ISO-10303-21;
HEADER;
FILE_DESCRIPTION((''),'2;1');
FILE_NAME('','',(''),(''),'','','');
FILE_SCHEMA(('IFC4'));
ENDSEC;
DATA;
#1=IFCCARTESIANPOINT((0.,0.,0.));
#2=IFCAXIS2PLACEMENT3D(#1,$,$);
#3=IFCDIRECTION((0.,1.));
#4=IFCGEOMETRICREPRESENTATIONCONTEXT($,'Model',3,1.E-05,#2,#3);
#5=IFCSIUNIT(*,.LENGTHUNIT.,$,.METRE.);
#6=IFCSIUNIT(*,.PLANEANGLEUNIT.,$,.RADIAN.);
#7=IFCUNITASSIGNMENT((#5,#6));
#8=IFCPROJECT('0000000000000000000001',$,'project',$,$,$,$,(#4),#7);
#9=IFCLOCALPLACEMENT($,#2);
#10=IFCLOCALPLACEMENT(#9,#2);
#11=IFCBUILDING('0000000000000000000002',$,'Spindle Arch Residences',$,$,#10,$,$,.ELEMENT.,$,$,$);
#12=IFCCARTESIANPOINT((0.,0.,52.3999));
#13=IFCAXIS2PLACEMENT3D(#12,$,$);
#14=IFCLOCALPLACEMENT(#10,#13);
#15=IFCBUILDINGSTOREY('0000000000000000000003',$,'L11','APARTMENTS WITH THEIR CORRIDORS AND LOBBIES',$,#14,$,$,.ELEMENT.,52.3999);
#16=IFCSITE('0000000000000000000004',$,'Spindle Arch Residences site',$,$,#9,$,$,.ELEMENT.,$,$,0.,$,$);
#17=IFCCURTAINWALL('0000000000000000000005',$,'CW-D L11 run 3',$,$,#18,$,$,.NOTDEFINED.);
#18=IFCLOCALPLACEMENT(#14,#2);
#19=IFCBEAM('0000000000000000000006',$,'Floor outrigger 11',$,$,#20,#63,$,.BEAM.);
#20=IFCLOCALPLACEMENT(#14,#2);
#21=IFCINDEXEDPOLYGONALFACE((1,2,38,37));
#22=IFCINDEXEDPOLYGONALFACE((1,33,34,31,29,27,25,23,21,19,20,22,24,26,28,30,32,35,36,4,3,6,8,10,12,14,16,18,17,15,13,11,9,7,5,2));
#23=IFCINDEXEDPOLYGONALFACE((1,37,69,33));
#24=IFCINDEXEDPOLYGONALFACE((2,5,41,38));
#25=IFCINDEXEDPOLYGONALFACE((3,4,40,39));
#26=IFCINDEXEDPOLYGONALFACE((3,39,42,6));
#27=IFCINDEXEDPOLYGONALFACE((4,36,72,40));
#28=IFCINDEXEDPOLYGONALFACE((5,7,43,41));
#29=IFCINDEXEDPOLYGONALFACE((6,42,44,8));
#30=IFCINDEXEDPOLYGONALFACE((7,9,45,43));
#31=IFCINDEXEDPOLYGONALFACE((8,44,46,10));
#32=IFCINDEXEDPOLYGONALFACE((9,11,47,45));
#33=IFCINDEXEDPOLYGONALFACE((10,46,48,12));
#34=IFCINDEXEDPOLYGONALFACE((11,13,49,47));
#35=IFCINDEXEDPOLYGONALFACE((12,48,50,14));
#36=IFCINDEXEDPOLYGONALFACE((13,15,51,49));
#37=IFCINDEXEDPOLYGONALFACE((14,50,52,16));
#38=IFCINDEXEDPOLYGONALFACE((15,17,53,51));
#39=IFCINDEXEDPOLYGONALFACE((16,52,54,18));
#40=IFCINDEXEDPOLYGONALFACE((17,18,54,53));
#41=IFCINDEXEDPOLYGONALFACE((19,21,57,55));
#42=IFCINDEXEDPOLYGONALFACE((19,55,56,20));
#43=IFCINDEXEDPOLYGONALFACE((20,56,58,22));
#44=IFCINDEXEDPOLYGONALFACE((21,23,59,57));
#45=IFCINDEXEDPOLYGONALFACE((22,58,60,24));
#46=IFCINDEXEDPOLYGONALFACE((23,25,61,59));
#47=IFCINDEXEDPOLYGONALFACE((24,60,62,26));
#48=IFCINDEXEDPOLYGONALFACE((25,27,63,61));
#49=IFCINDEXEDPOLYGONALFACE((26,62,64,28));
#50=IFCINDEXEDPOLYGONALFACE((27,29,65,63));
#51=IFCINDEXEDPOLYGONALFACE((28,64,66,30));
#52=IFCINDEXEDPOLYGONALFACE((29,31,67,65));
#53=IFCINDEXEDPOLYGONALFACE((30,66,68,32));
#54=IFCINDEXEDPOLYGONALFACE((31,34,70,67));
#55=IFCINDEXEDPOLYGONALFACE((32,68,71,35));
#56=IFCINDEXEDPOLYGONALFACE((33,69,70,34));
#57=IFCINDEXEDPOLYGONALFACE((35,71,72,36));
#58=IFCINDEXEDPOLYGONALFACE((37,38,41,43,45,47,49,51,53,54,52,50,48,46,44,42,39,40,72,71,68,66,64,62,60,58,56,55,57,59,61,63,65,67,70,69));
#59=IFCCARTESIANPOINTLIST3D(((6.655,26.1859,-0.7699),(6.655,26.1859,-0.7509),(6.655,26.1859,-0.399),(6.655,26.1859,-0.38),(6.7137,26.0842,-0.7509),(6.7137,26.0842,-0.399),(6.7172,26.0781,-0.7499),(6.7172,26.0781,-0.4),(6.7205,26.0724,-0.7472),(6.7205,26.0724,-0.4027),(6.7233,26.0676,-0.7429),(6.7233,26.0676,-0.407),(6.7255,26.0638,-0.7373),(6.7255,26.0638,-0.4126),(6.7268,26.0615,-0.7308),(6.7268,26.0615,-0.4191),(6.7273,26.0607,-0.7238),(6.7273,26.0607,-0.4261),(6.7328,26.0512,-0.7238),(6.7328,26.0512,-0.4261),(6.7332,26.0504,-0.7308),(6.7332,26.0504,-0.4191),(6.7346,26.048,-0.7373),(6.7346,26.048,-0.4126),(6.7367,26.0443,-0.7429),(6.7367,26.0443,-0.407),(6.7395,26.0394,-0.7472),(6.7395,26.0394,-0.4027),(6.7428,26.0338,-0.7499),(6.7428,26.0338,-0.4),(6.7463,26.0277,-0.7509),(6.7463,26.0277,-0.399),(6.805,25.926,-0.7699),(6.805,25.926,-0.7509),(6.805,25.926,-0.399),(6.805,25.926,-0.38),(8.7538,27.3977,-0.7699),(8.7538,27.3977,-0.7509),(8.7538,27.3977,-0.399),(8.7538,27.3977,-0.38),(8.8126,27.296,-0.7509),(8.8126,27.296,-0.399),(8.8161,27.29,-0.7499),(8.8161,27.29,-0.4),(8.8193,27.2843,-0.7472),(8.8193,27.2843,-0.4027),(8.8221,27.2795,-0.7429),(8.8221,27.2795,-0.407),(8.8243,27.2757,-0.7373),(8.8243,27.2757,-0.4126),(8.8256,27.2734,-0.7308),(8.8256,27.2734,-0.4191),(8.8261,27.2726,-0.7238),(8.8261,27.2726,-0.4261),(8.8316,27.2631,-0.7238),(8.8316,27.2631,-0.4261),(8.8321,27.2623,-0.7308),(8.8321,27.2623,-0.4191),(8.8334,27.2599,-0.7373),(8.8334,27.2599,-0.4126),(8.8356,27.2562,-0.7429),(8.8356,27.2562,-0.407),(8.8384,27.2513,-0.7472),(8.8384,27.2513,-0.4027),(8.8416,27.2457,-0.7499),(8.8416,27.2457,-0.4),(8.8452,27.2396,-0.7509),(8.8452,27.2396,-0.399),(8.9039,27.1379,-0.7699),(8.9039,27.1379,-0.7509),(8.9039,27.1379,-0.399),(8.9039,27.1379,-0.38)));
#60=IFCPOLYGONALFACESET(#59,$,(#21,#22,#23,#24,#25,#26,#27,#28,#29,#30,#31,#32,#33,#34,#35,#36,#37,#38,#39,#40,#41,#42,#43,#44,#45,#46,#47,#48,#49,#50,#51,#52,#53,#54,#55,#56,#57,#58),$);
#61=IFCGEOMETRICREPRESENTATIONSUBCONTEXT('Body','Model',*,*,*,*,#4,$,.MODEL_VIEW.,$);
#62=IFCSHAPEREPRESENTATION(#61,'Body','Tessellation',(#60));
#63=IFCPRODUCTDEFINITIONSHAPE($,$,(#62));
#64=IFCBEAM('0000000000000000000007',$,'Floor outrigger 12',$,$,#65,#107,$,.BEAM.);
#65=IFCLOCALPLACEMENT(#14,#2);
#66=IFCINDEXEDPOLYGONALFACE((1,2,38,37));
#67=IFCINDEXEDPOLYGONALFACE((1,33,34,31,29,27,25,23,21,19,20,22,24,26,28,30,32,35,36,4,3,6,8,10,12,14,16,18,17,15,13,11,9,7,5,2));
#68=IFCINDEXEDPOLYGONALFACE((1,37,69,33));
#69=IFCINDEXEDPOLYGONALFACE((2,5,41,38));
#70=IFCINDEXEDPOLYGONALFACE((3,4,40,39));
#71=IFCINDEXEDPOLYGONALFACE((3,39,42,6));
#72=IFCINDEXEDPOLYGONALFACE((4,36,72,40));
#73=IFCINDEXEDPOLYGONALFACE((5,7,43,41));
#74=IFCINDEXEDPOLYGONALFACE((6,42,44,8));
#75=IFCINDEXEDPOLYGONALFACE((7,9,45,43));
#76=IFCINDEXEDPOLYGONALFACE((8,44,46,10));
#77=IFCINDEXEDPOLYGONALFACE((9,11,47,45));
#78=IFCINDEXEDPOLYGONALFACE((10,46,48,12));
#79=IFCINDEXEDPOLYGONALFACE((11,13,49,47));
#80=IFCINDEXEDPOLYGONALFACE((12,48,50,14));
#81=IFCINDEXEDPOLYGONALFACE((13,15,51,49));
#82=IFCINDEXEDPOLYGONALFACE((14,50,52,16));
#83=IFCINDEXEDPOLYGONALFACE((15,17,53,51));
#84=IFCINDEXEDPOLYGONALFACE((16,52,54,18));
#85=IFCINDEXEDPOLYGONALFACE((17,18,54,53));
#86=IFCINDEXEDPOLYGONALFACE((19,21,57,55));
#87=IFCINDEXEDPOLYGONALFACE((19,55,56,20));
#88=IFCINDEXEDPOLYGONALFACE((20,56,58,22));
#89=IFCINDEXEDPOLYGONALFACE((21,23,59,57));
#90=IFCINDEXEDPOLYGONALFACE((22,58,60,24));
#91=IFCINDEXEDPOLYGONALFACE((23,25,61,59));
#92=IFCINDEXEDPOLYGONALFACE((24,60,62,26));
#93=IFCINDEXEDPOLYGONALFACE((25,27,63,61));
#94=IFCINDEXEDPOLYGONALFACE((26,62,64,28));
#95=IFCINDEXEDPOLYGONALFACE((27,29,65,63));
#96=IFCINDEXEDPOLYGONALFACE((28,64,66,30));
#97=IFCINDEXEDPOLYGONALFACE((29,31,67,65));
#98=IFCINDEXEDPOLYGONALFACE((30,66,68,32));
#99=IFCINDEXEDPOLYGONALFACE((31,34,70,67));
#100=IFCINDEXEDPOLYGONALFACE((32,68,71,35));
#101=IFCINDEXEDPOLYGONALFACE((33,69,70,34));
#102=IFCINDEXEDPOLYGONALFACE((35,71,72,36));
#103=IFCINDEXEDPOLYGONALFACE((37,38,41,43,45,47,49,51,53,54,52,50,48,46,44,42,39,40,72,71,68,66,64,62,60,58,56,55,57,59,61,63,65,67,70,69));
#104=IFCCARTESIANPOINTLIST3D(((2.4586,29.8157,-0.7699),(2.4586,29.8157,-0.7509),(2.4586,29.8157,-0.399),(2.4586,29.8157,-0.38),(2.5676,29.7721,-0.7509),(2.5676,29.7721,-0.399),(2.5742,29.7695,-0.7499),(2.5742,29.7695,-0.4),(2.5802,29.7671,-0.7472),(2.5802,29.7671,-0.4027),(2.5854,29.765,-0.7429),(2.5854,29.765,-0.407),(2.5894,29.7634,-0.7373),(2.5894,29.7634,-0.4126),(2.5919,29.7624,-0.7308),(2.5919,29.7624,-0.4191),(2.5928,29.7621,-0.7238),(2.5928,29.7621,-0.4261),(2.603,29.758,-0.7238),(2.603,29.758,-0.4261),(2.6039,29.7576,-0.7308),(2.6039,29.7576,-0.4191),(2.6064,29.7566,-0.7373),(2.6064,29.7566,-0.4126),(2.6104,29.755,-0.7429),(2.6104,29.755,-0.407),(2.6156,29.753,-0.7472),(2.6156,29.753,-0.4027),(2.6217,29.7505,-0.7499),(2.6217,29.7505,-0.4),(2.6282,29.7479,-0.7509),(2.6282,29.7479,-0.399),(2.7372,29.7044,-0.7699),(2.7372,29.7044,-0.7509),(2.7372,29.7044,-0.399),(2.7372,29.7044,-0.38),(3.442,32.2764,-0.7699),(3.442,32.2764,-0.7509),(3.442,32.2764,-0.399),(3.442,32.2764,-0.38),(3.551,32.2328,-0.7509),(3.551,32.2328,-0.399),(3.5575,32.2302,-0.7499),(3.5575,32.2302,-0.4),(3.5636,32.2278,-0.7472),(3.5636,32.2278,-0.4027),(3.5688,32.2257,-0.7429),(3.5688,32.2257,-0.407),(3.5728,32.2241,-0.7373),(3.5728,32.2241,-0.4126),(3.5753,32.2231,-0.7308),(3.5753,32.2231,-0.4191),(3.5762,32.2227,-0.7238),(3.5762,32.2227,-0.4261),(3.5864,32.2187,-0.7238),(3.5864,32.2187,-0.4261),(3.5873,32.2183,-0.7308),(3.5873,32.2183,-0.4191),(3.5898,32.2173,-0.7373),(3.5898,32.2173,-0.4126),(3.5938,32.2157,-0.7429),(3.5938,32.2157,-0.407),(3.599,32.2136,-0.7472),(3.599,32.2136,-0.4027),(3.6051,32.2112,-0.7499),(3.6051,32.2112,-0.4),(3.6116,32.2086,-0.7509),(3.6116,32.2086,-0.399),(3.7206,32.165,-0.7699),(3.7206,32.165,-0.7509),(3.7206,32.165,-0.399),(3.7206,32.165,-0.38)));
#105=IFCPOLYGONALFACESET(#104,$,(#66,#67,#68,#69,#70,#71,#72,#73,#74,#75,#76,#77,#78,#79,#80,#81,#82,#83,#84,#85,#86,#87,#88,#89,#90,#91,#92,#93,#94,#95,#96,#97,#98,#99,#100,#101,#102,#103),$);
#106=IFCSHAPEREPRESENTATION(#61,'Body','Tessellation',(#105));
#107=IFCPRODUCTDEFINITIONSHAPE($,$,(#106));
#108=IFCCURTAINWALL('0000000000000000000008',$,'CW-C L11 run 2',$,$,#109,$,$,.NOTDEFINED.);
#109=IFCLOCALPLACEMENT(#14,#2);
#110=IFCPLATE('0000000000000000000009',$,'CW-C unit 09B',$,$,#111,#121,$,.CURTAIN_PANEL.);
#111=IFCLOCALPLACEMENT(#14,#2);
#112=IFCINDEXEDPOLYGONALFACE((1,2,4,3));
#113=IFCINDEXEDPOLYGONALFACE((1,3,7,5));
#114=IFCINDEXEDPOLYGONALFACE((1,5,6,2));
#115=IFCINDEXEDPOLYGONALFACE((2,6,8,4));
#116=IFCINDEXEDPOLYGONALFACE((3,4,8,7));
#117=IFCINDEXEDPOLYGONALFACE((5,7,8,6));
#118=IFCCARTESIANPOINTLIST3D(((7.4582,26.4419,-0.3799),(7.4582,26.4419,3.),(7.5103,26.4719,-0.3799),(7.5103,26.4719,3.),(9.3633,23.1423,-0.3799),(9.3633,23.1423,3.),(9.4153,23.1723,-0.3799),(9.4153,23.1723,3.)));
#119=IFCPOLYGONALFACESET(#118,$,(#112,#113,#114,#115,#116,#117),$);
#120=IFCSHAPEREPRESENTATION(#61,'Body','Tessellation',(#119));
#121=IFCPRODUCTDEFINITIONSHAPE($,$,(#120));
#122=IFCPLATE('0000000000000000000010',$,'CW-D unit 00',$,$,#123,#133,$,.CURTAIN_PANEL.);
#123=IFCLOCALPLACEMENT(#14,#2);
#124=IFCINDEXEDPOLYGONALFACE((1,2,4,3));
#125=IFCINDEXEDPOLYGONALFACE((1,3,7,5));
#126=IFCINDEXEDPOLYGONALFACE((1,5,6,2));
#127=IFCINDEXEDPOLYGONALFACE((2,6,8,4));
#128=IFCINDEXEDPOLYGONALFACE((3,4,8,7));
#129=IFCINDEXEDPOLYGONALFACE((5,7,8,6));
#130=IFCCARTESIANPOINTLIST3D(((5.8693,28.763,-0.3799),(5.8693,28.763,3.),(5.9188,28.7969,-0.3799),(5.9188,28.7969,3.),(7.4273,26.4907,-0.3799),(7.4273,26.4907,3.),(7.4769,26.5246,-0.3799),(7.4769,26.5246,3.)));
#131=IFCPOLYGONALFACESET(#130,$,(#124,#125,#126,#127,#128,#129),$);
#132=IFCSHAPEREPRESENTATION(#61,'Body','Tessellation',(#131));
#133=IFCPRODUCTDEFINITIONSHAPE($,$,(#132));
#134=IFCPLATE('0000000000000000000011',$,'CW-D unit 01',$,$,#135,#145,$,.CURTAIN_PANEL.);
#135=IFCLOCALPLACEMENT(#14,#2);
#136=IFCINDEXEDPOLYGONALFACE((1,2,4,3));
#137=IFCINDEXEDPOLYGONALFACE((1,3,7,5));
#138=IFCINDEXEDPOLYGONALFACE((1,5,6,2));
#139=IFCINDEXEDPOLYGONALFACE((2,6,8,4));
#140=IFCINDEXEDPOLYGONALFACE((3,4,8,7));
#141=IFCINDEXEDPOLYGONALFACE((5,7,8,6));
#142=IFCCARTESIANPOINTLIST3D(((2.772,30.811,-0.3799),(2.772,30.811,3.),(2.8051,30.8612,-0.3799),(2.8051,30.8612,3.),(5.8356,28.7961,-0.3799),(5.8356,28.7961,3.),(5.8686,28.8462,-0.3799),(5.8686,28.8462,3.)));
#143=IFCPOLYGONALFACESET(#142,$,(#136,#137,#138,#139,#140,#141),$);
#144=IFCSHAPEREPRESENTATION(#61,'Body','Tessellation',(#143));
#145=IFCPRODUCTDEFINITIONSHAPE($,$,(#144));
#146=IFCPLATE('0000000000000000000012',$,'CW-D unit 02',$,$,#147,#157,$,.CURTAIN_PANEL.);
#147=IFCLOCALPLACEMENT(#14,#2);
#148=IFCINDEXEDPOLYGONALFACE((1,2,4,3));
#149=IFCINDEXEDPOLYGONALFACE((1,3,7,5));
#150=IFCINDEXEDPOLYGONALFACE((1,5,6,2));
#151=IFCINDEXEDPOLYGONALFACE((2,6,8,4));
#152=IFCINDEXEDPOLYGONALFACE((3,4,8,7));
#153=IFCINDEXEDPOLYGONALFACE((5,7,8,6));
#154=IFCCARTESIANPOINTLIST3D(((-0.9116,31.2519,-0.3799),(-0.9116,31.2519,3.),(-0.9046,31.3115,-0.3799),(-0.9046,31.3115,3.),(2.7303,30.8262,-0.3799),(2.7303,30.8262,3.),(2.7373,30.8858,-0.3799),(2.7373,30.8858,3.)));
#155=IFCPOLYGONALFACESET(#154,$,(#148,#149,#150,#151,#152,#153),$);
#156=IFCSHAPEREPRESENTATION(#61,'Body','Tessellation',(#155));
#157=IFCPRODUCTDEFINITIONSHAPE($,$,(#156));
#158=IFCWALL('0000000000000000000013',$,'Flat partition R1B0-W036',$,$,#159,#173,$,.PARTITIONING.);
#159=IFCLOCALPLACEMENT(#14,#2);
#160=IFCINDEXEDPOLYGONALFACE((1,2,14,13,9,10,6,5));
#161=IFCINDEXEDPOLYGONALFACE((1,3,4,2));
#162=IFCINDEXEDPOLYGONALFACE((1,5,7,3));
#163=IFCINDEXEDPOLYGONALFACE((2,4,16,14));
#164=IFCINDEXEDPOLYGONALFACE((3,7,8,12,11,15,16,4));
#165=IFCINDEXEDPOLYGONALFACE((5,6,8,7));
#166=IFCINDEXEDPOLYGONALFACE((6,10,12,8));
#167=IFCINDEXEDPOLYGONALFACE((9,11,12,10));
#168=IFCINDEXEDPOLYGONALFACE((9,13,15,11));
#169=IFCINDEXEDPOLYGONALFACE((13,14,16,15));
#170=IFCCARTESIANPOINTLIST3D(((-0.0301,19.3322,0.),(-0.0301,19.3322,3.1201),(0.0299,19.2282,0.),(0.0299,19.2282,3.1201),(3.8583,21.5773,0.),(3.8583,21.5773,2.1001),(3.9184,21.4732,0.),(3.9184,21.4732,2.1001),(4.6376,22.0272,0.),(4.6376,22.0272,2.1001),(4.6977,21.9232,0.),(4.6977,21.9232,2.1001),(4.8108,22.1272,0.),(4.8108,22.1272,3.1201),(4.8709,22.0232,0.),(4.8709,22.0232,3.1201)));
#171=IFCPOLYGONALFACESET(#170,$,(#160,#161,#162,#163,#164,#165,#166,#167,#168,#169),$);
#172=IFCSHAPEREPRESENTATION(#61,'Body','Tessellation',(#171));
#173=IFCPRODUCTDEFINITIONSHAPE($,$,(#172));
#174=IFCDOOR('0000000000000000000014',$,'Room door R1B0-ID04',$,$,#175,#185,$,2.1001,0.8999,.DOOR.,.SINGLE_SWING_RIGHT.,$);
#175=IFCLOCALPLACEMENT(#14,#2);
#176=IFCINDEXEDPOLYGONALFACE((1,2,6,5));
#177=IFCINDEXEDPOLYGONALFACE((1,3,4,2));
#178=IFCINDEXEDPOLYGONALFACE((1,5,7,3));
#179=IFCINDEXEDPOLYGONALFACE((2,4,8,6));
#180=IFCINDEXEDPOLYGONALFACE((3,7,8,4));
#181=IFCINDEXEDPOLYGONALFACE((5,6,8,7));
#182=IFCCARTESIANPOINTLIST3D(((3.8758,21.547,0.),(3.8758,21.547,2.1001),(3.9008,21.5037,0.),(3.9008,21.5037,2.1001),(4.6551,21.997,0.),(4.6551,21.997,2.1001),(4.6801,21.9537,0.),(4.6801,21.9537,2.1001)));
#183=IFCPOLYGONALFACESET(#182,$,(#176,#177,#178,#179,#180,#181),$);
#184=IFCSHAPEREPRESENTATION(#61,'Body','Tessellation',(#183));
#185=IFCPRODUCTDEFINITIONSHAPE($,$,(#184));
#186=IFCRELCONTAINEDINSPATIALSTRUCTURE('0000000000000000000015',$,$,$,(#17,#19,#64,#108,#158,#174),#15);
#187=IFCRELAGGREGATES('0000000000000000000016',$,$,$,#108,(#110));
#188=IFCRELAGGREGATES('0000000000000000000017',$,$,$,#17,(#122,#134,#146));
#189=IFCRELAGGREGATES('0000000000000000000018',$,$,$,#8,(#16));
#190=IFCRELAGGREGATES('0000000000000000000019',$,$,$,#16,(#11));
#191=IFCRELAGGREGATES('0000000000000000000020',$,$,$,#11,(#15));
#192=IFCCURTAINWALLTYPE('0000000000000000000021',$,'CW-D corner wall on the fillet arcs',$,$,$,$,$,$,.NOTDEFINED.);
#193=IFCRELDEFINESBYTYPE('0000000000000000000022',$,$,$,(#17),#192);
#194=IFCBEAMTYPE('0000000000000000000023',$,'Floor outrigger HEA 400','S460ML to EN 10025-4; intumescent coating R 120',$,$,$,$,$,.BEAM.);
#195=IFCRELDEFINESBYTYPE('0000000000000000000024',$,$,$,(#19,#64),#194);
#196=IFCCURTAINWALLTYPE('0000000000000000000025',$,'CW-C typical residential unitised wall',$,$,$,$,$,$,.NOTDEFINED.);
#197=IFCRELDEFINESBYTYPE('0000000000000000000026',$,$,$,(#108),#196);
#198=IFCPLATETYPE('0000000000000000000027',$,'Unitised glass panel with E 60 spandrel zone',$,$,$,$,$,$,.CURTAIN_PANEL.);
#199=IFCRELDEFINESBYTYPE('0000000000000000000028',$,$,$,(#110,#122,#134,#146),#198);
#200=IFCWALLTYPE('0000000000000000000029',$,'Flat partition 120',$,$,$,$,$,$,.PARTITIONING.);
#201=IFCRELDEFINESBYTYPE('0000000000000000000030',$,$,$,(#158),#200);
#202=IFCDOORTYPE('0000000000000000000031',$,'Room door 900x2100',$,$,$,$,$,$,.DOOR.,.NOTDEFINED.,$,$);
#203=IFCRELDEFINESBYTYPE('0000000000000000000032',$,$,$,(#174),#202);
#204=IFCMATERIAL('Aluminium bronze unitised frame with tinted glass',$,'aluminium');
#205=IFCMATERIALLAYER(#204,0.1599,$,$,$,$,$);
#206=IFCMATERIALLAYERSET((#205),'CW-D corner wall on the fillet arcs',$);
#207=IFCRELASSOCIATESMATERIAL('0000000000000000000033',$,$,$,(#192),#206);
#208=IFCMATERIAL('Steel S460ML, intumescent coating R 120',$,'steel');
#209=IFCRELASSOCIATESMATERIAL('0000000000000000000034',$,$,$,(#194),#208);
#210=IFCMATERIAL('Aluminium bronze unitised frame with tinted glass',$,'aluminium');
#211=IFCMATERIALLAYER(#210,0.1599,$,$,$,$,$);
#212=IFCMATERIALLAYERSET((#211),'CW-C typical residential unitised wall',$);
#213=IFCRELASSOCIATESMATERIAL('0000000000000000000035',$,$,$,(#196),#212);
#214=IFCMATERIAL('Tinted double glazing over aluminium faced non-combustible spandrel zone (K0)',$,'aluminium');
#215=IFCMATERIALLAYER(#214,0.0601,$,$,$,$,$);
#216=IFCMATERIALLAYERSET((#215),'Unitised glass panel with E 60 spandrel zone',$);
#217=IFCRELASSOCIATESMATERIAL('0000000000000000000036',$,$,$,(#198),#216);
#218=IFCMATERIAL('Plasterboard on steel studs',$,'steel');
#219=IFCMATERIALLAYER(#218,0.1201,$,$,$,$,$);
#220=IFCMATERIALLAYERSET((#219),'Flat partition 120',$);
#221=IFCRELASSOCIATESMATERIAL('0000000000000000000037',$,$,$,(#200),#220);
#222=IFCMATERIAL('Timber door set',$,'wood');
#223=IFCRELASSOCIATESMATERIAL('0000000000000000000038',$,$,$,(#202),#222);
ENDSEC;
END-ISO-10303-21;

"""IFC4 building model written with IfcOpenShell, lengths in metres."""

from ifc_helpers import new_model, si_unit, direction, frame, frame_2d, origin, origin_2d, place, context, subcontext, project, spatial, rectangle, i_section, extrude, material, layer, layer_set, material_profile, profile_set, type_object, element, fill, aggregate, save


model = new_model("IFC4")

# Units and contexts
model_context = context("Model", 3, precision=1e-05, world=origin(), true_north=direction((0.0, 1.0)))
body_context = subcontext(model_context, "Body", "Model", "MODEL_VIEW")
ifc_project = project(units=[si_unit("LENGTHUNIT", "METRE"), si_unit("PLANEANGLEUNIT", "RADIAN")], contexts=[model_context])

# Site, building, storey
site_placement = place(None, origin())
site = spatial("IfcSite", under=ifc_project, at=site_placement, Name="Spindle Arch Residences site", CompositionType="ELEMENT", RefElevation=0.0)
building_placement = place(site_placement, origin())
building = spatial("IfcBuilding", under=site, at=building_placement, Name="Spindle Arch Residences", CompositionType="ELEMENT")
storey_placement = place(building_placement, frame((0.0, 0.0, 52.3999)))
storey = spatial("IfcBuildingStorey", under=building, at=storey_placement, Name="L11", Description="APARTMENTS WITH THEIR CORRIDORS AND LOBBIES", CompositionType="ELEMENT", Elevation=52.3999)

# Curtain wall
ifc_material_1 = material(Name="Aluminium bronze unitised frame with tinted glass", Category="aluminium")
ifc_layer_1 = layer(ifc_material_1, 0.1599)
ifc_layer_set_1 = layer_set([ifc_layer_1], Name="CW-D corner wall on the fillet arcs")
curtain_wall_type_1 = type_object("IfcCurtainWallType", Name="CW-D corner wall on the fillet arcs", PredefinedType="NOTDEFINED", material=ifc_layer_set_1)
curtain_wall_1_placement = place(storey_placement, origin())
curtain_wall_1 = element("IfcCurtainWall", 1, at=curtain_wall_1_placement, inside=storey, type_object=curtain_wall_type_1, Name="CW-D L11 run 3", PredefinedType="NOTDEFINED")

# Beams
ifc_material_2 = material(Name="Steel S460ML, intumescent coating R 120", Category="steel")
ifc_material_profile_1 = material_profile(ifc_material_2, i_section(OverallWidth=0.3, OverallDepth=0.3899, WebThickness=0.011, FlangeThickness=0.019, FilletRadius=0.0271, at=origin_2d()), Name="HEA 400")
ifc_profile_set_1 = profile_set([ifc_material_profile_1], Name="Steel S460ML, intumescent coating R 120")
beam_type_1 = type_object("IfcBeamType", Name="Floor outrigger HEA 400", Description="S460ML to EN 10025-4; intumescent coating R 120", PredefinedType="BEAM", material=ifc_profile_set_1)
beam_1_placement = place(storey_placement, frame((8.8289, 27.2678, -0.575), z_axis=(-0.866003, -0.500039, 0.0), x_axis=(0.500039, -0.866003, 0.0)))
element("IfcBeam", 2, at=beam_1_placement, inside=storey, type_object=beam_type_1, Name="Floor outrigger 11", PredefinedType="BEAM", context=body_context, shape_type="SweptSolid", body=[
    extrude(i_section(OverallWidth=0.3, OverallDepth=0.3899, WebThickness=0.011, FlangeThickness=0.019, FilletRadius=0.0271, at=origin_2d()), origin(), (0.0, 0.0, 1.0), 2.4236),
])
beam_2_placement = place(storey_placement, frame((3.5813, 32.2207, -0.575), z_axis=(-0.371105, -0.928591, 0.0), x_axis=(0.928591, -0.371105, 0.0)))
element("IfcBeam", 3, at=beam_2_placement, inside=storey, type_object=beam_type_1, Name="Floor outrigger 12", PredefinedType="BEAM", context=body_context, shape_type="SweptSolid", body=[
    extrude(i_section(OverallWidth=0.3, OverallDepth=0.3899, WebThickness=0.011, FlangeThickness=0.019, FilletRadius=0.0271, at=origin_2d()), origin(), (0.0, 0.0, 1.0), 2.6499),
])

# Curtain wall, plate
ifc_material_3 = material(Name="Aluminium bronze unitised frame with tinted glass", Category="aluminium")
ifc_layer_2 = layer(ifc_material_3, 0.1599)
ifc_layer_set_2 = layer_set([ifc_layer_2], Name="CW-C typical residential unitised wall")
curtain_wall_type_2 = type_object("IfcCurtainWallType", Name="CW-C typical residential unitised wall", PredefinedType="NOTDEFINED", material=ifc_layer_set_2)
curtain_wall_2_placement = place(storey_placement, origin())
curtain_wall_2 = element("IfcCurtainWall", 4, at=curtain_wall_2_placement, inside=storey, type_object=curtain_wall_type_2, Name="CW-C L11 run 2", PredefinedType="NOTDEFINED")
ifc_material_4 = material(Name="Tinted double glazing over aluminium faced non-combustible spandrel zone (K0)", Category="aluminium")
ifc_layer_3 = layer(ifc_material_4, 0.0601)
ifc_layer_set_3 = layer_set([ifc_layer_3], Name="Unitised glass panel with E 60 spandrel zone")
plate_type = type_object("IfcPlateType", Name="Unitised glass panel with E 60 spandrel zone", PredefinedType="CURTAIN_PANEL", material=ifc_layer_set_3)
plate_1_placement = place(storey_placement, frame((8.4368, 24.8071, -0.3799), z_axis=(0.0, 0.0, 1.0), x_axis=(-0.5, 0.866025, 0.0)))
plate_1 = element("IfcPlate", 5, at=plate_1_placement, type_object=plate_type, Name="CW-C unit 09B", PredefinedType="CURTAIN_PANEL", context=body_context, shape_type="SweptSolid", body=[
    extrude(rectangle(XDim=3.8101, YDim=0.0601, at=origin_2d()), origin(), (0.0, 0.0, 1.0), 3.3799),
])
aggregate(curtain_wall_2, [plate_1])

# Plates
plate_2_placement = place(storey_placement, frame((6.6731, 27.6438, -0.3799), z_axis=(0.0, 0.0, 1.0), x_axis=(-0.565501, 0.824748, 0.0)))
plate_2 = element("IfcPlate", 6, at=plate_2_placement, type_object=plate_type, Name="CW-D unit 00", PredefinedType="CURTAIN_PANEL", context=body_context, shape_type="SweptSolid", body=[
    extrude(rectangle(XDim=2.7551, YDim=0.0601, at=origin_2d()), origin(), (0.0, 0.0, 1.0), 3.3799),
])
plate_3_placement = place(storey_placement, frame((4.3203, 29.8286, -0.3799), z_axis=(0.0, 0.0, 1.0), x_axis=(-0.835488, 0.549509, 0.0)))
plate_3 = element("IfcPlate", 7, at=plate_3_placement, type_object=plate_type, Name="CW-D unit 01", PredefinedType="CURTAIN_PANEL", context=body_context, shape_type="SweptSolid", body=[
    extrude(rectangle(XDim=3.6667, YDim=0.0601, at=origin_2d()), origin(), (0.0, 0.0, 1.0), 3.3799),
])
plate_4_placement = place(storey_placement, frame((0.9128, 31.0688, -0.3799), z_axis=(0.0, 0.0, 1.0), x_axis=(-0.993238, 0.116093, 0.0)))
plate_4 = element("IfcPlate", 8, at=plate_4_placement, type_object=plate_type, Name="CW-D unit 02", PredefinedType="CURTAIN_PANEL", context=body_context, shape_type="SweptSolid", body=[
    extrude(rectangle(XDim=3.6667, YDim=0.0601, at=origin_2d()), origin(), (0.0, 0.0, 1.0), 3.3799),
])
aggregate(curtain_wall_1, [plate_2, plate_3, plate_4])

# Wall, opening, door
ifc_material_5 = material(Name="Plasterboard on steel studs", Category="steel")
ifc_layer_4 = layer(ifc_material_5, 0.1201)
ifc_layer_set_4 = layer_set([ifc_layer_4], Name="Flat partition 120")
wall_type_1 = type_object("IfcWallType", Name="Flat partition 120", PredefinedType="PARTITIONING", material=ifc_layer_set_4)
wall_1_placement = place(storey_placement, frame((4.8408, 22.0752, 0.0), z_axis=(0.0, 0.0, 1.0), x_axis=(-0.86602, -0.50001, 0.0)))
wall_1 = element("IfcWall", 9, at=wall_1_placement, inside=storey, type_object=wall_type_1, Name="Flat partition R1B0-W036", PredefinedType="PARTITIONING", context=body_context, shape_type="SweptSolid", body=[
    extrude(rectangle(XDim=5.5898, YDim=0.1201, at=frame_2d((2.7949, 0.0))), origin(), (0.0, 0.0, 1.0), 3.1201),
])
opening_1_placement = place(wall_1_placement, frame((0.2, 0.0, 0.0)))
opening_1 = element("IfcOpeningElement", 10, at=opening_1_placement, cuts=wall_1, PredefinedType="OPENING", context=body_context, shape_type="SweptSolid", body=[
    extrude(rectangle(XDim=0.8999, YDim=2.1001, at=frame_2d((0.45, 1.05))), frame((0.0, 0.0701, 0.0), z_axis=(0.0, -1.0, 0.0), x_axis=(1.0, 0.0, 0.0)), (0.0, 0.0, 1.0), 0.1401),
])
ifc_material_6 = material(Name="Timber door set", Category="wood")
door_type = type_object("IfcDoorType", Name="Room door 900x2100", OperationType="NOTDEFINED", PredefinedType="DOOR", material=ifc_material_6)
door_1_placement = place(opening_1_placement, origin())
door_1 = element("IfcDoor", 11, at=door_1_placement, inside=storey, type_object=door_type, Name="Room door R1B0-ID04", OperationType="SINGLE_SWING_RIGHT", OverallHeight=2.1001, OverallWidth=0.8999, PredefinedType="DOOR", context=body_context, shape_type="SweptSolid", body=[
    extrude(rectangle(XDim=0.8999, YDim=2.1001, at=frame_2d((0.45, 1.05))), frame((0.0, 0.0249, 0.0), z_axis=(0.0, -1.0, 0.0), x_axis=(1.0, 0.0, 0.0)), (0.0, 0.0, 1.0), 0.05),
])
fill(opening_1, door_1)

save(model, "model.ifc")
